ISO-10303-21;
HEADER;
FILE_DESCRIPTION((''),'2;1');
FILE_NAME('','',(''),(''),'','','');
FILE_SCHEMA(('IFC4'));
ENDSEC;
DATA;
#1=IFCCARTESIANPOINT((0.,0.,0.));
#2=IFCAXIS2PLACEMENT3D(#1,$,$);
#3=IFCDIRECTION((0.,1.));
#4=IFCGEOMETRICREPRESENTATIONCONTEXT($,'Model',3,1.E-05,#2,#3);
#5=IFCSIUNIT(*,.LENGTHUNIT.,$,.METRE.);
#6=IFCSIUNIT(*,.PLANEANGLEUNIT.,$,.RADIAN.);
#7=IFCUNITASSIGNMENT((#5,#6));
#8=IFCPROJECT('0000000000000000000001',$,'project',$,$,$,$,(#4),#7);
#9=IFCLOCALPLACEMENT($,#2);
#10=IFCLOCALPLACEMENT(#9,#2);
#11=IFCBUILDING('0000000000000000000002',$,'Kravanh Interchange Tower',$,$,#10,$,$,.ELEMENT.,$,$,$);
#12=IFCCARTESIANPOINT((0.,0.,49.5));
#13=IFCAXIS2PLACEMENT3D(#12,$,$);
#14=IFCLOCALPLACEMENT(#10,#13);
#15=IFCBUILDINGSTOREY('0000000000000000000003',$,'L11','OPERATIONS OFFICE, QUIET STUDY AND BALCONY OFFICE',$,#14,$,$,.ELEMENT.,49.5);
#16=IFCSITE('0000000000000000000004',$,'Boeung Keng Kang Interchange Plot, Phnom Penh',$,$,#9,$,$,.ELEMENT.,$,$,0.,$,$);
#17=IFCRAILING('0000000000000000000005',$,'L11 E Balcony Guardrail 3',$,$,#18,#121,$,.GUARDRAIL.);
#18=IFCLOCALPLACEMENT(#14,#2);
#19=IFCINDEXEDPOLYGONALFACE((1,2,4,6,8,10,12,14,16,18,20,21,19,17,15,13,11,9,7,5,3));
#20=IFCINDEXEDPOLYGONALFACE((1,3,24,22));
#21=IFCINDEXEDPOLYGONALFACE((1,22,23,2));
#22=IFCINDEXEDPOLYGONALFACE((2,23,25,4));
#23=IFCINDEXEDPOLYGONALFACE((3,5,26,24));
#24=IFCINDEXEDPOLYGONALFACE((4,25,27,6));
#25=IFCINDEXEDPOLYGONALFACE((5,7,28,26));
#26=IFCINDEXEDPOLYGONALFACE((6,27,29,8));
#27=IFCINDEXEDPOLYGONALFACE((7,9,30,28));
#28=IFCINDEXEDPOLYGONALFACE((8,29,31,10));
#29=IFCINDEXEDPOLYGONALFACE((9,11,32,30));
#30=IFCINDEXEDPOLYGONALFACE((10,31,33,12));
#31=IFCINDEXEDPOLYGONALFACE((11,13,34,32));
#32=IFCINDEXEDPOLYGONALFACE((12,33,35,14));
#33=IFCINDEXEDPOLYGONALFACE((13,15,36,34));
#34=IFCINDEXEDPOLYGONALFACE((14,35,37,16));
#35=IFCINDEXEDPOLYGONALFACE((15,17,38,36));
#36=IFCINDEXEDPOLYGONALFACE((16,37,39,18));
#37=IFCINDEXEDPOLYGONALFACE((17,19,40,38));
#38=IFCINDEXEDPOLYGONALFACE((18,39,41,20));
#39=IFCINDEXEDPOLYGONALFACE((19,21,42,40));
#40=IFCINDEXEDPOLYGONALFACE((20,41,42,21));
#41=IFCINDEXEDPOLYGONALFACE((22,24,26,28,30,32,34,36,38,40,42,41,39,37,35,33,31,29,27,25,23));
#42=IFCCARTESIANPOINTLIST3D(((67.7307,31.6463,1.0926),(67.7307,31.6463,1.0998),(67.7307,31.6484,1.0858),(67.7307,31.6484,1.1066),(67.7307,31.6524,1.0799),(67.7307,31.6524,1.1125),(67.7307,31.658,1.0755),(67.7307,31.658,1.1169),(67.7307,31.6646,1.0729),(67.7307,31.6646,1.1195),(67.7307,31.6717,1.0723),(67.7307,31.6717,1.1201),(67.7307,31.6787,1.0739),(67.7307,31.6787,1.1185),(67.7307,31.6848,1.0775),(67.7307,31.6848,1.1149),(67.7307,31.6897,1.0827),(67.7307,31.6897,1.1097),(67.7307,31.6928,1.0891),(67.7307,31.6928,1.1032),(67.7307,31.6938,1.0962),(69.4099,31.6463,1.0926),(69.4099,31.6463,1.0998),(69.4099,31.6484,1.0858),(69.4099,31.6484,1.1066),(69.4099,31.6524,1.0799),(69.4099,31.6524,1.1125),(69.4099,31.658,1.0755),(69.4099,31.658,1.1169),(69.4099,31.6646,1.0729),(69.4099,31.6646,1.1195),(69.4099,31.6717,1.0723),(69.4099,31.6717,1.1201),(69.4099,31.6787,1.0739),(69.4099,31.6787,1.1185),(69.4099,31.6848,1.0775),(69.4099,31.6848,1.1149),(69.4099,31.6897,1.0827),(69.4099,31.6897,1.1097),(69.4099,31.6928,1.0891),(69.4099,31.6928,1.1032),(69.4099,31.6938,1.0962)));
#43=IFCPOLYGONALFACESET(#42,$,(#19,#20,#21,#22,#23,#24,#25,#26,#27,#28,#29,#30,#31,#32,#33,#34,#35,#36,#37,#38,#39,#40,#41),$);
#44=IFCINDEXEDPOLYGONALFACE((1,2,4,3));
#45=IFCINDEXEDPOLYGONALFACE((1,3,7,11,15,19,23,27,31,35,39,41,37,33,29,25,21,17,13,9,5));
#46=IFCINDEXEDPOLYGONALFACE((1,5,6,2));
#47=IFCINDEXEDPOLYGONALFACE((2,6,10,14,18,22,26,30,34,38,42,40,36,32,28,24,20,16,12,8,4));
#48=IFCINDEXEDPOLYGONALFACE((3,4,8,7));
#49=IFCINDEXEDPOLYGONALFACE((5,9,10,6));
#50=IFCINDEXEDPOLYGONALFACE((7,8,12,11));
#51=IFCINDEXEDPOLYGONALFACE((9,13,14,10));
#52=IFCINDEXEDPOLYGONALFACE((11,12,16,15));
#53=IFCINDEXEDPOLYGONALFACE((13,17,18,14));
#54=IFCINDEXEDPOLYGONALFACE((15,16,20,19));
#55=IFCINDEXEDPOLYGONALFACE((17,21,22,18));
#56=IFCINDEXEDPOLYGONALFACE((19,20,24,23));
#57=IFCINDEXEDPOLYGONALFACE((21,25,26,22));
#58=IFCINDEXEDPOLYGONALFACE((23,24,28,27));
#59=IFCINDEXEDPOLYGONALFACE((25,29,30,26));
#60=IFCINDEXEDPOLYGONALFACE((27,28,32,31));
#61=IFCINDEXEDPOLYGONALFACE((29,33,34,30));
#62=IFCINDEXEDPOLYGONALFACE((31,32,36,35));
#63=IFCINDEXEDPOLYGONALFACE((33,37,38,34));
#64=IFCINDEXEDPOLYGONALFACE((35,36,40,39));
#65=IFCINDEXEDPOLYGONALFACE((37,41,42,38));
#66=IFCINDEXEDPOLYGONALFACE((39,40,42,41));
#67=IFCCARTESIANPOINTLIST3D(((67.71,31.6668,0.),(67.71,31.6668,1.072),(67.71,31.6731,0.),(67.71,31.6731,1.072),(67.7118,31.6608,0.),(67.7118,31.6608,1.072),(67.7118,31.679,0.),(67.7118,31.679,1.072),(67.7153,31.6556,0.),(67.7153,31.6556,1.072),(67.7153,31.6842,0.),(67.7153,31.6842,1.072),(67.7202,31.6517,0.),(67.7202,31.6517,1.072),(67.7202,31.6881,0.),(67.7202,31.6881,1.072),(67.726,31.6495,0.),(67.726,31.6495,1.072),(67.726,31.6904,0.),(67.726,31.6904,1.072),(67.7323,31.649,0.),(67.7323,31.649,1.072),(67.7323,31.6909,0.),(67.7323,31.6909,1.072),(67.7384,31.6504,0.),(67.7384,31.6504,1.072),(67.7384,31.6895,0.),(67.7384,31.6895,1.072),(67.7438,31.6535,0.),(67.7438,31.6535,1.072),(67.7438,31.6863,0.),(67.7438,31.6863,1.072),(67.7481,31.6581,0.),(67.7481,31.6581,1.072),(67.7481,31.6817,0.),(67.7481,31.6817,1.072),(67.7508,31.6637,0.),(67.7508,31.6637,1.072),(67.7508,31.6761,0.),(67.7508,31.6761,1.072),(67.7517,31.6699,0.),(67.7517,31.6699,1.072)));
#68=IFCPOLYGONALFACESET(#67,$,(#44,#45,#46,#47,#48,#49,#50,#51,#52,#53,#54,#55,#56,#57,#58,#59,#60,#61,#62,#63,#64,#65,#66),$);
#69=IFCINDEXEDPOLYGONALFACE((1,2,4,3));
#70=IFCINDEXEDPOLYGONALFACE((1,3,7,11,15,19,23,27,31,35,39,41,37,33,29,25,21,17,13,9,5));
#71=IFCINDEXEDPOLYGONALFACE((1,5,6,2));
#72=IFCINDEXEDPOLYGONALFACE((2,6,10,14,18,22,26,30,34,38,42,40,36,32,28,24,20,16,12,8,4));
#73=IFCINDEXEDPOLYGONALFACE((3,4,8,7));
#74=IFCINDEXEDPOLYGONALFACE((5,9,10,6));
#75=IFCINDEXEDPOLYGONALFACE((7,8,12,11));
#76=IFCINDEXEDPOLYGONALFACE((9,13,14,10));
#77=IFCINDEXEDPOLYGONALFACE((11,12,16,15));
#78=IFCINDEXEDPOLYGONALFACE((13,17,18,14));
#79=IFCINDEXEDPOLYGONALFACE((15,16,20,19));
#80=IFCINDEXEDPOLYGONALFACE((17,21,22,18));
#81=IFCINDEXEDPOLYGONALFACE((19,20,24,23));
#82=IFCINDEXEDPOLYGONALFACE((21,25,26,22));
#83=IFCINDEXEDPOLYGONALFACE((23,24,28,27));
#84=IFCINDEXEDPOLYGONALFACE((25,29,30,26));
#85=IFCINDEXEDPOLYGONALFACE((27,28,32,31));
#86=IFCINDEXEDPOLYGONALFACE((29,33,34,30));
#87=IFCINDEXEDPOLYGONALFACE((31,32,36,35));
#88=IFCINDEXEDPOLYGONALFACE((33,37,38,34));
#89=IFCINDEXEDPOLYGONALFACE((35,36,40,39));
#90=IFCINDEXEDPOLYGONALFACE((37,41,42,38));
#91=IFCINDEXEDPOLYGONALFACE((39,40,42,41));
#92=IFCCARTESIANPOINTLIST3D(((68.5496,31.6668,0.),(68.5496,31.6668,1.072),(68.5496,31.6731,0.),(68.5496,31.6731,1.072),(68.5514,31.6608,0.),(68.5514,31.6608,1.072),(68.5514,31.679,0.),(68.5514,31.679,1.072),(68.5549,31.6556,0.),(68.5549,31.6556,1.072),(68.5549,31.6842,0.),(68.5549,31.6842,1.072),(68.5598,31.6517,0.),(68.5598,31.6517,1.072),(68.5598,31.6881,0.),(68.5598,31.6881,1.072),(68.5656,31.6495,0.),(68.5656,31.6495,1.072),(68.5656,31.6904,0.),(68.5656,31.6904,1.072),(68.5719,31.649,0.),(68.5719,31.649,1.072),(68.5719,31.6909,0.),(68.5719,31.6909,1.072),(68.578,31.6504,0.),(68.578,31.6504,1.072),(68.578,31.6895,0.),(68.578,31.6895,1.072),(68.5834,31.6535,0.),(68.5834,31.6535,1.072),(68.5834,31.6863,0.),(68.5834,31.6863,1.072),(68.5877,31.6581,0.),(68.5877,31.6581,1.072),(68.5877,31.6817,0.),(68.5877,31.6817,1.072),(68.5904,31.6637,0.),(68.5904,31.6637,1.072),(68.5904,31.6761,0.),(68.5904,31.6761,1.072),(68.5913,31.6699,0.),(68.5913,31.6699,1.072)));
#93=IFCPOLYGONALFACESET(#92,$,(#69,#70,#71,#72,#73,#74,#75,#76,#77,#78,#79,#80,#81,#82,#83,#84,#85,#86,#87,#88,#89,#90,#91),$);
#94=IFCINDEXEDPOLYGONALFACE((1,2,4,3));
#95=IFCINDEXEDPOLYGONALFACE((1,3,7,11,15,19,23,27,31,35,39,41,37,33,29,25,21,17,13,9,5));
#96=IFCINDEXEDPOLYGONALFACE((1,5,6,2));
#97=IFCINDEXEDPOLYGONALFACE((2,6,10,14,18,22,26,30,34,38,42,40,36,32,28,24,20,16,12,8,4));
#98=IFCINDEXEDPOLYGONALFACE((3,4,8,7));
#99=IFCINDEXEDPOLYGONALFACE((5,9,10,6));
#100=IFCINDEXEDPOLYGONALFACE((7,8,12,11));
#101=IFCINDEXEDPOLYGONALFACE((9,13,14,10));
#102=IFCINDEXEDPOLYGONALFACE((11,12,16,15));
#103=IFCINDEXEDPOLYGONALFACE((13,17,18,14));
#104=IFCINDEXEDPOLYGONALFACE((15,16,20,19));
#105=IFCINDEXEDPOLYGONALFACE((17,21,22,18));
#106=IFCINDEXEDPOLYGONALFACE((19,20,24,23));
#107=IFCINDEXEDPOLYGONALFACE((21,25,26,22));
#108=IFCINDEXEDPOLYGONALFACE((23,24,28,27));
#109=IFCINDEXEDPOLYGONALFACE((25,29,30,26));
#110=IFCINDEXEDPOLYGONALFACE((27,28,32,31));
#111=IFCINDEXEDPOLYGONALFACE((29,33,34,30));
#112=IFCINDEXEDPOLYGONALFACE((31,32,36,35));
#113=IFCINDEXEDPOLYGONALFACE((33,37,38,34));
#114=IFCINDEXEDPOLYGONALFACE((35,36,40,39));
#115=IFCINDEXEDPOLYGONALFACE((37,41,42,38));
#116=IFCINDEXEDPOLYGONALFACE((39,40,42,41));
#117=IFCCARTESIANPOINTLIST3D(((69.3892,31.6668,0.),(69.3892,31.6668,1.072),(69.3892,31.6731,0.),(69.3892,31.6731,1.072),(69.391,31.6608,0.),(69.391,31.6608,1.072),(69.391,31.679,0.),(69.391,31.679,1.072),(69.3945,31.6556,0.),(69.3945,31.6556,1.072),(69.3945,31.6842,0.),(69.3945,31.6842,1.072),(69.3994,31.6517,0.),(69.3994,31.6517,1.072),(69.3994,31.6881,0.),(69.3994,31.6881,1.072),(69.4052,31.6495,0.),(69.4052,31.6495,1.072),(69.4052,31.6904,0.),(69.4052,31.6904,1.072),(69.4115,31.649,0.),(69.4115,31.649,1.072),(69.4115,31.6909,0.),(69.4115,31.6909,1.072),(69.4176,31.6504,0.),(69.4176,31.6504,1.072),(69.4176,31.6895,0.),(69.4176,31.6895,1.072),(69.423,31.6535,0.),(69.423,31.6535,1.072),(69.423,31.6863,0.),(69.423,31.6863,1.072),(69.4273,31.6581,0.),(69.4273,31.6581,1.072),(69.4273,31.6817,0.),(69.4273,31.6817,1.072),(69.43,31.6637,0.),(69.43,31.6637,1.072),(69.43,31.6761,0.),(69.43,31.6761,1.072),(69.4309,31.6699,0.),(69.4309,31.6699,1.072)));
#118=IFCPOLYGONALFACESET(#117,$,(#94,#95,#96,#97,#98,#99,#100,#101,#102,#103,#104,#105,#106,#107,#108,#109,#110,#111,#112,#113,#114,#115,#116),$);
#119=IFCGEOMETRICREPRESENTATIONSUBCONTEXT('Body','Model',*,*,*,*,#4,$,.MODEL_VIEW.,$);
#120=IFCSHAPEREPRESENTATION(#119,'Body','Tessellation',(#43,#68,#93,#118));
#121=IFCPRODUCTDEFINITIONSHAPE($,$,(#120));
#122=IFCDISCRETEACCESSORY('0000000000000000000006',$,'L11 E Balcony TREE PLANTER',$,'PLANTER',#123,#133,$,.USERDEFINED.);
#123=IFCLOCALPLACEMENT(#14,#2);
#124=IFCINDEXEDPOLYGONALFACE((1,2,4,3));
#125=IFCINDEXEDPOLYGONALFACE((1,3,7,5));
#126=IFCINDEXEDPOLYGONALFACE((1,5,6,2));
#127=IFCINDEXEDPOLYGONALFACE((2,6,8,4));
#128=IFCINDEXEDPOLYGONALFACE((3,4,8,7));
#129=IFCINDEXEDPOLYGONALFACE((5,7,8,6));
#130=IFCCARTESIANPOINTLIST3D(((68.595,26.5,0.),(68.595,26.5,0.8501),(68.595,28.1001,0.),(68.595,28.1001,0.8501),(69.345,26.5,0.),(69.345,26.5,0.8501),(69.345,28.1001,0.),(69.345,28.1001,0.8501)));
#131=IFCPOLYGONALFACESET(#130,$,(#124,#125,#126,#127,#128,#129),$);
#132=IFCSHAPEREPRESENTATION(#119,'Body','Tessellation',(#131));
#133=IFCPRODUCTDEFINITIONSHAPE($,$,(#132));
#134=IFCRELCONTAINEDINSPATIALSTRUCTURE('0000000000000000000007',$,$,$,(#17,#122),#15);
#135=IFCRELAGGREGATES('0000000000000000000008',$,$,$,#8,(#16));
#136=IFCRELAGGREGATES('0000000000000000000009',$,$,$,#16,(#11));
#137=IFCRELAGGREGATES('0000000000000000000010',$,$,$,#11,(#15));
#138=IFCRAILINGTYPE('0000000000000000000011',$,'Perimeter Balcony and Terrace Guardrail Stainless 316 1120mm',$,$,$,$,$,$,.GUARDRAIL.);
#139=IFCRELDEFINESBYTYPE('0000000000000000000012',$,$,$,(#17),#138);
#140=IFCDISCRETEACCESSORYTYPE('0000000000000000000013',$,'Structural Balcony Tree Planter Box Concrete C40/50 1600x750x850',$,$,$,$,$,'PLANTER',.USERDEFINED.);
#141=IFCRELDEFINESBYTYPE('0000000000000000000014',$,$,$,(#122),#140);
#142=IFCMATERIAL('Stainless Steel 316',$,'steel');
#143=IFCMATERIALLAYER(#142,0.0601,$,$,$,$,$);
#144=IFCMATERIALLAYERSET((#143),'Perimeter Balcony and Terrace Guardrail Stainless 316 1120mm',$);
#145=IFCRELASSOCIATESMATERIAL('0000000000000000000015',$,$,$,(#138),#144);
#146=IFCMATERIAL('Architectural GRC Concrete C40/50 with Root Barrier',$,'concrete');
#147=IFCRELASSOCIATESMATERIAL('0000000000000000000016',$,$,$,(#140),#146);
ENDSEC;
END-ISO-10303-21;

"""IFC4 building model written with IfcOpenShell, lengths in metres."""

from ifc_helpers import new_model, si_unit, direction, frame, origin, origin_2d, place, context, subcontext, project, spatial, rectangle, circle, extrude, material, layer, layer_set, type_object, element, save


model = new_model("IFC4")

# Units and contexts
model_context = context("Model", 3, precision=1e-05, world=origin(), true_north=direction((0.0, 1.0)))
body_context = subcontext(model_context, "Body", "Model", "MODEL_VIEW")
ifc_project = project(units=[si_unit("LENGTHUNIT", "METRE"), si_unit("PLANEANGLEUNIT", "RADIAN")], contexts=[model_context])

# Site, building, storey
site_placement = place(None, origin())
site = spatial("IfcSite", under=ifc_project, at=site_placement, Name="Boeung Keng Kang Interchange Plot, Phnom Penh", CompositionType="ELEMENT", RefElevation=0.0)
building_placement = place(site_placement, origin())
building = spatial("IfcBuilding", under=site, at=building_placement, Name="Kravanh Interchange Tower", CompositionType="ELEMENT")
storey_placement = place(building_placement, frame((0.0, 0.0, 49.5)))
storey = spatial("IfcBuildingStorey", under=building, at=storey_placement, Name="L11", Description="OPERATIONS OFFICE, QUIET STUDY AND BALCONY OFFICE", CompositionType="ELEMENT", Elevation=49.5)

# Railing
ifc_material_1 = material(Name="Stainless Steel 316", Category="steel")
ifc_layer_1 = layer(ifc_material_1, 0.0601)
ifc_layer_set_1 = layer_set([ifc_layer_1], Name="Perimeter Balcony and Terrace Guardrail Stainless 316 1120mm")
railing_type = type_object("IfcRailingType", Name="Perimeter Balcony and Terrace Guardrail Stainless 316 1120mm", PredefinedType="GUARDRAIL", material=ifc_layer_set_1)
railing_1_placement = place(storey_placement, frame((67.7307, 31.6699, 0.0)))
element("IfcRailing", 1, at=railing_1_placement, inside=storey, type_object=railing_type, Name="L11 E Balcony Guardrail 3", PredefinedType="GUARDRAIL", context=body_context, shape_type="SweptSolid", body=[
    extrude(circle(Radius=0.0239, at=origin_2d()), frame((0.0, 0.0, 1.0962), z_axis=(1.0, 0.0, 0.0), x_axis=(0.0, 1.0, 0.0)), (0.0, 0.0, 1.0), 1.6792),
    extrude(circle(Radius=0.021, at=origin_2d()), origin(), (0.0, 0.0, 1.0), 1.072),
    extrude(circle(Radius=0.021, at=origin_2d()), frame((0.8396, 0.0, 0.0)), (0.0, 0.0, 1.0), 1.072),
    extrude(circle(Radius=0.021, at=origin_2d()), frame((1.6792, 0.0, 0.0)), (0.0, 0.0, 1.0), 1.072),
])

# Discrete accessory
ifc_material_2 = material(Name="Architectural GRC Concrete C40/50 with Root Barrier", Category="concrete")
discrete_accessory_type = type_object("IfcDiscreteAccessoryType", Name="Structural Balcony Tree Planter Box Concrete C40/50 1600x750x850", ElementType="PLANTER", PredefinedType="USERDEFINED", material=ifc_material_2)
discrete_accessory_placement = place(storey_placement, frame((68.97, 27.3, 0.0), z_axis=(0.0, 0.0, 1.0), x_axis=(1.0, 0.0, 0.0)))
element("IfcDiscreteAccessory", 2, at=discrete_accessory_placement, inside=storey, type_object=discrete_accessory_type, Name="L11 E Balcony TREE PLANTER", ObjectType="PLANTER", PredefinedType="USERDEFINED", context=body_context, shape_type="SweptSolid", body=[
    extrude(rectangle(XDim=0.75, YDim=1.6001, at=origin_2d()), origin(), (0.0, 0.0, 1.0), 0.8501),
])

save(model, "model.ifc")
